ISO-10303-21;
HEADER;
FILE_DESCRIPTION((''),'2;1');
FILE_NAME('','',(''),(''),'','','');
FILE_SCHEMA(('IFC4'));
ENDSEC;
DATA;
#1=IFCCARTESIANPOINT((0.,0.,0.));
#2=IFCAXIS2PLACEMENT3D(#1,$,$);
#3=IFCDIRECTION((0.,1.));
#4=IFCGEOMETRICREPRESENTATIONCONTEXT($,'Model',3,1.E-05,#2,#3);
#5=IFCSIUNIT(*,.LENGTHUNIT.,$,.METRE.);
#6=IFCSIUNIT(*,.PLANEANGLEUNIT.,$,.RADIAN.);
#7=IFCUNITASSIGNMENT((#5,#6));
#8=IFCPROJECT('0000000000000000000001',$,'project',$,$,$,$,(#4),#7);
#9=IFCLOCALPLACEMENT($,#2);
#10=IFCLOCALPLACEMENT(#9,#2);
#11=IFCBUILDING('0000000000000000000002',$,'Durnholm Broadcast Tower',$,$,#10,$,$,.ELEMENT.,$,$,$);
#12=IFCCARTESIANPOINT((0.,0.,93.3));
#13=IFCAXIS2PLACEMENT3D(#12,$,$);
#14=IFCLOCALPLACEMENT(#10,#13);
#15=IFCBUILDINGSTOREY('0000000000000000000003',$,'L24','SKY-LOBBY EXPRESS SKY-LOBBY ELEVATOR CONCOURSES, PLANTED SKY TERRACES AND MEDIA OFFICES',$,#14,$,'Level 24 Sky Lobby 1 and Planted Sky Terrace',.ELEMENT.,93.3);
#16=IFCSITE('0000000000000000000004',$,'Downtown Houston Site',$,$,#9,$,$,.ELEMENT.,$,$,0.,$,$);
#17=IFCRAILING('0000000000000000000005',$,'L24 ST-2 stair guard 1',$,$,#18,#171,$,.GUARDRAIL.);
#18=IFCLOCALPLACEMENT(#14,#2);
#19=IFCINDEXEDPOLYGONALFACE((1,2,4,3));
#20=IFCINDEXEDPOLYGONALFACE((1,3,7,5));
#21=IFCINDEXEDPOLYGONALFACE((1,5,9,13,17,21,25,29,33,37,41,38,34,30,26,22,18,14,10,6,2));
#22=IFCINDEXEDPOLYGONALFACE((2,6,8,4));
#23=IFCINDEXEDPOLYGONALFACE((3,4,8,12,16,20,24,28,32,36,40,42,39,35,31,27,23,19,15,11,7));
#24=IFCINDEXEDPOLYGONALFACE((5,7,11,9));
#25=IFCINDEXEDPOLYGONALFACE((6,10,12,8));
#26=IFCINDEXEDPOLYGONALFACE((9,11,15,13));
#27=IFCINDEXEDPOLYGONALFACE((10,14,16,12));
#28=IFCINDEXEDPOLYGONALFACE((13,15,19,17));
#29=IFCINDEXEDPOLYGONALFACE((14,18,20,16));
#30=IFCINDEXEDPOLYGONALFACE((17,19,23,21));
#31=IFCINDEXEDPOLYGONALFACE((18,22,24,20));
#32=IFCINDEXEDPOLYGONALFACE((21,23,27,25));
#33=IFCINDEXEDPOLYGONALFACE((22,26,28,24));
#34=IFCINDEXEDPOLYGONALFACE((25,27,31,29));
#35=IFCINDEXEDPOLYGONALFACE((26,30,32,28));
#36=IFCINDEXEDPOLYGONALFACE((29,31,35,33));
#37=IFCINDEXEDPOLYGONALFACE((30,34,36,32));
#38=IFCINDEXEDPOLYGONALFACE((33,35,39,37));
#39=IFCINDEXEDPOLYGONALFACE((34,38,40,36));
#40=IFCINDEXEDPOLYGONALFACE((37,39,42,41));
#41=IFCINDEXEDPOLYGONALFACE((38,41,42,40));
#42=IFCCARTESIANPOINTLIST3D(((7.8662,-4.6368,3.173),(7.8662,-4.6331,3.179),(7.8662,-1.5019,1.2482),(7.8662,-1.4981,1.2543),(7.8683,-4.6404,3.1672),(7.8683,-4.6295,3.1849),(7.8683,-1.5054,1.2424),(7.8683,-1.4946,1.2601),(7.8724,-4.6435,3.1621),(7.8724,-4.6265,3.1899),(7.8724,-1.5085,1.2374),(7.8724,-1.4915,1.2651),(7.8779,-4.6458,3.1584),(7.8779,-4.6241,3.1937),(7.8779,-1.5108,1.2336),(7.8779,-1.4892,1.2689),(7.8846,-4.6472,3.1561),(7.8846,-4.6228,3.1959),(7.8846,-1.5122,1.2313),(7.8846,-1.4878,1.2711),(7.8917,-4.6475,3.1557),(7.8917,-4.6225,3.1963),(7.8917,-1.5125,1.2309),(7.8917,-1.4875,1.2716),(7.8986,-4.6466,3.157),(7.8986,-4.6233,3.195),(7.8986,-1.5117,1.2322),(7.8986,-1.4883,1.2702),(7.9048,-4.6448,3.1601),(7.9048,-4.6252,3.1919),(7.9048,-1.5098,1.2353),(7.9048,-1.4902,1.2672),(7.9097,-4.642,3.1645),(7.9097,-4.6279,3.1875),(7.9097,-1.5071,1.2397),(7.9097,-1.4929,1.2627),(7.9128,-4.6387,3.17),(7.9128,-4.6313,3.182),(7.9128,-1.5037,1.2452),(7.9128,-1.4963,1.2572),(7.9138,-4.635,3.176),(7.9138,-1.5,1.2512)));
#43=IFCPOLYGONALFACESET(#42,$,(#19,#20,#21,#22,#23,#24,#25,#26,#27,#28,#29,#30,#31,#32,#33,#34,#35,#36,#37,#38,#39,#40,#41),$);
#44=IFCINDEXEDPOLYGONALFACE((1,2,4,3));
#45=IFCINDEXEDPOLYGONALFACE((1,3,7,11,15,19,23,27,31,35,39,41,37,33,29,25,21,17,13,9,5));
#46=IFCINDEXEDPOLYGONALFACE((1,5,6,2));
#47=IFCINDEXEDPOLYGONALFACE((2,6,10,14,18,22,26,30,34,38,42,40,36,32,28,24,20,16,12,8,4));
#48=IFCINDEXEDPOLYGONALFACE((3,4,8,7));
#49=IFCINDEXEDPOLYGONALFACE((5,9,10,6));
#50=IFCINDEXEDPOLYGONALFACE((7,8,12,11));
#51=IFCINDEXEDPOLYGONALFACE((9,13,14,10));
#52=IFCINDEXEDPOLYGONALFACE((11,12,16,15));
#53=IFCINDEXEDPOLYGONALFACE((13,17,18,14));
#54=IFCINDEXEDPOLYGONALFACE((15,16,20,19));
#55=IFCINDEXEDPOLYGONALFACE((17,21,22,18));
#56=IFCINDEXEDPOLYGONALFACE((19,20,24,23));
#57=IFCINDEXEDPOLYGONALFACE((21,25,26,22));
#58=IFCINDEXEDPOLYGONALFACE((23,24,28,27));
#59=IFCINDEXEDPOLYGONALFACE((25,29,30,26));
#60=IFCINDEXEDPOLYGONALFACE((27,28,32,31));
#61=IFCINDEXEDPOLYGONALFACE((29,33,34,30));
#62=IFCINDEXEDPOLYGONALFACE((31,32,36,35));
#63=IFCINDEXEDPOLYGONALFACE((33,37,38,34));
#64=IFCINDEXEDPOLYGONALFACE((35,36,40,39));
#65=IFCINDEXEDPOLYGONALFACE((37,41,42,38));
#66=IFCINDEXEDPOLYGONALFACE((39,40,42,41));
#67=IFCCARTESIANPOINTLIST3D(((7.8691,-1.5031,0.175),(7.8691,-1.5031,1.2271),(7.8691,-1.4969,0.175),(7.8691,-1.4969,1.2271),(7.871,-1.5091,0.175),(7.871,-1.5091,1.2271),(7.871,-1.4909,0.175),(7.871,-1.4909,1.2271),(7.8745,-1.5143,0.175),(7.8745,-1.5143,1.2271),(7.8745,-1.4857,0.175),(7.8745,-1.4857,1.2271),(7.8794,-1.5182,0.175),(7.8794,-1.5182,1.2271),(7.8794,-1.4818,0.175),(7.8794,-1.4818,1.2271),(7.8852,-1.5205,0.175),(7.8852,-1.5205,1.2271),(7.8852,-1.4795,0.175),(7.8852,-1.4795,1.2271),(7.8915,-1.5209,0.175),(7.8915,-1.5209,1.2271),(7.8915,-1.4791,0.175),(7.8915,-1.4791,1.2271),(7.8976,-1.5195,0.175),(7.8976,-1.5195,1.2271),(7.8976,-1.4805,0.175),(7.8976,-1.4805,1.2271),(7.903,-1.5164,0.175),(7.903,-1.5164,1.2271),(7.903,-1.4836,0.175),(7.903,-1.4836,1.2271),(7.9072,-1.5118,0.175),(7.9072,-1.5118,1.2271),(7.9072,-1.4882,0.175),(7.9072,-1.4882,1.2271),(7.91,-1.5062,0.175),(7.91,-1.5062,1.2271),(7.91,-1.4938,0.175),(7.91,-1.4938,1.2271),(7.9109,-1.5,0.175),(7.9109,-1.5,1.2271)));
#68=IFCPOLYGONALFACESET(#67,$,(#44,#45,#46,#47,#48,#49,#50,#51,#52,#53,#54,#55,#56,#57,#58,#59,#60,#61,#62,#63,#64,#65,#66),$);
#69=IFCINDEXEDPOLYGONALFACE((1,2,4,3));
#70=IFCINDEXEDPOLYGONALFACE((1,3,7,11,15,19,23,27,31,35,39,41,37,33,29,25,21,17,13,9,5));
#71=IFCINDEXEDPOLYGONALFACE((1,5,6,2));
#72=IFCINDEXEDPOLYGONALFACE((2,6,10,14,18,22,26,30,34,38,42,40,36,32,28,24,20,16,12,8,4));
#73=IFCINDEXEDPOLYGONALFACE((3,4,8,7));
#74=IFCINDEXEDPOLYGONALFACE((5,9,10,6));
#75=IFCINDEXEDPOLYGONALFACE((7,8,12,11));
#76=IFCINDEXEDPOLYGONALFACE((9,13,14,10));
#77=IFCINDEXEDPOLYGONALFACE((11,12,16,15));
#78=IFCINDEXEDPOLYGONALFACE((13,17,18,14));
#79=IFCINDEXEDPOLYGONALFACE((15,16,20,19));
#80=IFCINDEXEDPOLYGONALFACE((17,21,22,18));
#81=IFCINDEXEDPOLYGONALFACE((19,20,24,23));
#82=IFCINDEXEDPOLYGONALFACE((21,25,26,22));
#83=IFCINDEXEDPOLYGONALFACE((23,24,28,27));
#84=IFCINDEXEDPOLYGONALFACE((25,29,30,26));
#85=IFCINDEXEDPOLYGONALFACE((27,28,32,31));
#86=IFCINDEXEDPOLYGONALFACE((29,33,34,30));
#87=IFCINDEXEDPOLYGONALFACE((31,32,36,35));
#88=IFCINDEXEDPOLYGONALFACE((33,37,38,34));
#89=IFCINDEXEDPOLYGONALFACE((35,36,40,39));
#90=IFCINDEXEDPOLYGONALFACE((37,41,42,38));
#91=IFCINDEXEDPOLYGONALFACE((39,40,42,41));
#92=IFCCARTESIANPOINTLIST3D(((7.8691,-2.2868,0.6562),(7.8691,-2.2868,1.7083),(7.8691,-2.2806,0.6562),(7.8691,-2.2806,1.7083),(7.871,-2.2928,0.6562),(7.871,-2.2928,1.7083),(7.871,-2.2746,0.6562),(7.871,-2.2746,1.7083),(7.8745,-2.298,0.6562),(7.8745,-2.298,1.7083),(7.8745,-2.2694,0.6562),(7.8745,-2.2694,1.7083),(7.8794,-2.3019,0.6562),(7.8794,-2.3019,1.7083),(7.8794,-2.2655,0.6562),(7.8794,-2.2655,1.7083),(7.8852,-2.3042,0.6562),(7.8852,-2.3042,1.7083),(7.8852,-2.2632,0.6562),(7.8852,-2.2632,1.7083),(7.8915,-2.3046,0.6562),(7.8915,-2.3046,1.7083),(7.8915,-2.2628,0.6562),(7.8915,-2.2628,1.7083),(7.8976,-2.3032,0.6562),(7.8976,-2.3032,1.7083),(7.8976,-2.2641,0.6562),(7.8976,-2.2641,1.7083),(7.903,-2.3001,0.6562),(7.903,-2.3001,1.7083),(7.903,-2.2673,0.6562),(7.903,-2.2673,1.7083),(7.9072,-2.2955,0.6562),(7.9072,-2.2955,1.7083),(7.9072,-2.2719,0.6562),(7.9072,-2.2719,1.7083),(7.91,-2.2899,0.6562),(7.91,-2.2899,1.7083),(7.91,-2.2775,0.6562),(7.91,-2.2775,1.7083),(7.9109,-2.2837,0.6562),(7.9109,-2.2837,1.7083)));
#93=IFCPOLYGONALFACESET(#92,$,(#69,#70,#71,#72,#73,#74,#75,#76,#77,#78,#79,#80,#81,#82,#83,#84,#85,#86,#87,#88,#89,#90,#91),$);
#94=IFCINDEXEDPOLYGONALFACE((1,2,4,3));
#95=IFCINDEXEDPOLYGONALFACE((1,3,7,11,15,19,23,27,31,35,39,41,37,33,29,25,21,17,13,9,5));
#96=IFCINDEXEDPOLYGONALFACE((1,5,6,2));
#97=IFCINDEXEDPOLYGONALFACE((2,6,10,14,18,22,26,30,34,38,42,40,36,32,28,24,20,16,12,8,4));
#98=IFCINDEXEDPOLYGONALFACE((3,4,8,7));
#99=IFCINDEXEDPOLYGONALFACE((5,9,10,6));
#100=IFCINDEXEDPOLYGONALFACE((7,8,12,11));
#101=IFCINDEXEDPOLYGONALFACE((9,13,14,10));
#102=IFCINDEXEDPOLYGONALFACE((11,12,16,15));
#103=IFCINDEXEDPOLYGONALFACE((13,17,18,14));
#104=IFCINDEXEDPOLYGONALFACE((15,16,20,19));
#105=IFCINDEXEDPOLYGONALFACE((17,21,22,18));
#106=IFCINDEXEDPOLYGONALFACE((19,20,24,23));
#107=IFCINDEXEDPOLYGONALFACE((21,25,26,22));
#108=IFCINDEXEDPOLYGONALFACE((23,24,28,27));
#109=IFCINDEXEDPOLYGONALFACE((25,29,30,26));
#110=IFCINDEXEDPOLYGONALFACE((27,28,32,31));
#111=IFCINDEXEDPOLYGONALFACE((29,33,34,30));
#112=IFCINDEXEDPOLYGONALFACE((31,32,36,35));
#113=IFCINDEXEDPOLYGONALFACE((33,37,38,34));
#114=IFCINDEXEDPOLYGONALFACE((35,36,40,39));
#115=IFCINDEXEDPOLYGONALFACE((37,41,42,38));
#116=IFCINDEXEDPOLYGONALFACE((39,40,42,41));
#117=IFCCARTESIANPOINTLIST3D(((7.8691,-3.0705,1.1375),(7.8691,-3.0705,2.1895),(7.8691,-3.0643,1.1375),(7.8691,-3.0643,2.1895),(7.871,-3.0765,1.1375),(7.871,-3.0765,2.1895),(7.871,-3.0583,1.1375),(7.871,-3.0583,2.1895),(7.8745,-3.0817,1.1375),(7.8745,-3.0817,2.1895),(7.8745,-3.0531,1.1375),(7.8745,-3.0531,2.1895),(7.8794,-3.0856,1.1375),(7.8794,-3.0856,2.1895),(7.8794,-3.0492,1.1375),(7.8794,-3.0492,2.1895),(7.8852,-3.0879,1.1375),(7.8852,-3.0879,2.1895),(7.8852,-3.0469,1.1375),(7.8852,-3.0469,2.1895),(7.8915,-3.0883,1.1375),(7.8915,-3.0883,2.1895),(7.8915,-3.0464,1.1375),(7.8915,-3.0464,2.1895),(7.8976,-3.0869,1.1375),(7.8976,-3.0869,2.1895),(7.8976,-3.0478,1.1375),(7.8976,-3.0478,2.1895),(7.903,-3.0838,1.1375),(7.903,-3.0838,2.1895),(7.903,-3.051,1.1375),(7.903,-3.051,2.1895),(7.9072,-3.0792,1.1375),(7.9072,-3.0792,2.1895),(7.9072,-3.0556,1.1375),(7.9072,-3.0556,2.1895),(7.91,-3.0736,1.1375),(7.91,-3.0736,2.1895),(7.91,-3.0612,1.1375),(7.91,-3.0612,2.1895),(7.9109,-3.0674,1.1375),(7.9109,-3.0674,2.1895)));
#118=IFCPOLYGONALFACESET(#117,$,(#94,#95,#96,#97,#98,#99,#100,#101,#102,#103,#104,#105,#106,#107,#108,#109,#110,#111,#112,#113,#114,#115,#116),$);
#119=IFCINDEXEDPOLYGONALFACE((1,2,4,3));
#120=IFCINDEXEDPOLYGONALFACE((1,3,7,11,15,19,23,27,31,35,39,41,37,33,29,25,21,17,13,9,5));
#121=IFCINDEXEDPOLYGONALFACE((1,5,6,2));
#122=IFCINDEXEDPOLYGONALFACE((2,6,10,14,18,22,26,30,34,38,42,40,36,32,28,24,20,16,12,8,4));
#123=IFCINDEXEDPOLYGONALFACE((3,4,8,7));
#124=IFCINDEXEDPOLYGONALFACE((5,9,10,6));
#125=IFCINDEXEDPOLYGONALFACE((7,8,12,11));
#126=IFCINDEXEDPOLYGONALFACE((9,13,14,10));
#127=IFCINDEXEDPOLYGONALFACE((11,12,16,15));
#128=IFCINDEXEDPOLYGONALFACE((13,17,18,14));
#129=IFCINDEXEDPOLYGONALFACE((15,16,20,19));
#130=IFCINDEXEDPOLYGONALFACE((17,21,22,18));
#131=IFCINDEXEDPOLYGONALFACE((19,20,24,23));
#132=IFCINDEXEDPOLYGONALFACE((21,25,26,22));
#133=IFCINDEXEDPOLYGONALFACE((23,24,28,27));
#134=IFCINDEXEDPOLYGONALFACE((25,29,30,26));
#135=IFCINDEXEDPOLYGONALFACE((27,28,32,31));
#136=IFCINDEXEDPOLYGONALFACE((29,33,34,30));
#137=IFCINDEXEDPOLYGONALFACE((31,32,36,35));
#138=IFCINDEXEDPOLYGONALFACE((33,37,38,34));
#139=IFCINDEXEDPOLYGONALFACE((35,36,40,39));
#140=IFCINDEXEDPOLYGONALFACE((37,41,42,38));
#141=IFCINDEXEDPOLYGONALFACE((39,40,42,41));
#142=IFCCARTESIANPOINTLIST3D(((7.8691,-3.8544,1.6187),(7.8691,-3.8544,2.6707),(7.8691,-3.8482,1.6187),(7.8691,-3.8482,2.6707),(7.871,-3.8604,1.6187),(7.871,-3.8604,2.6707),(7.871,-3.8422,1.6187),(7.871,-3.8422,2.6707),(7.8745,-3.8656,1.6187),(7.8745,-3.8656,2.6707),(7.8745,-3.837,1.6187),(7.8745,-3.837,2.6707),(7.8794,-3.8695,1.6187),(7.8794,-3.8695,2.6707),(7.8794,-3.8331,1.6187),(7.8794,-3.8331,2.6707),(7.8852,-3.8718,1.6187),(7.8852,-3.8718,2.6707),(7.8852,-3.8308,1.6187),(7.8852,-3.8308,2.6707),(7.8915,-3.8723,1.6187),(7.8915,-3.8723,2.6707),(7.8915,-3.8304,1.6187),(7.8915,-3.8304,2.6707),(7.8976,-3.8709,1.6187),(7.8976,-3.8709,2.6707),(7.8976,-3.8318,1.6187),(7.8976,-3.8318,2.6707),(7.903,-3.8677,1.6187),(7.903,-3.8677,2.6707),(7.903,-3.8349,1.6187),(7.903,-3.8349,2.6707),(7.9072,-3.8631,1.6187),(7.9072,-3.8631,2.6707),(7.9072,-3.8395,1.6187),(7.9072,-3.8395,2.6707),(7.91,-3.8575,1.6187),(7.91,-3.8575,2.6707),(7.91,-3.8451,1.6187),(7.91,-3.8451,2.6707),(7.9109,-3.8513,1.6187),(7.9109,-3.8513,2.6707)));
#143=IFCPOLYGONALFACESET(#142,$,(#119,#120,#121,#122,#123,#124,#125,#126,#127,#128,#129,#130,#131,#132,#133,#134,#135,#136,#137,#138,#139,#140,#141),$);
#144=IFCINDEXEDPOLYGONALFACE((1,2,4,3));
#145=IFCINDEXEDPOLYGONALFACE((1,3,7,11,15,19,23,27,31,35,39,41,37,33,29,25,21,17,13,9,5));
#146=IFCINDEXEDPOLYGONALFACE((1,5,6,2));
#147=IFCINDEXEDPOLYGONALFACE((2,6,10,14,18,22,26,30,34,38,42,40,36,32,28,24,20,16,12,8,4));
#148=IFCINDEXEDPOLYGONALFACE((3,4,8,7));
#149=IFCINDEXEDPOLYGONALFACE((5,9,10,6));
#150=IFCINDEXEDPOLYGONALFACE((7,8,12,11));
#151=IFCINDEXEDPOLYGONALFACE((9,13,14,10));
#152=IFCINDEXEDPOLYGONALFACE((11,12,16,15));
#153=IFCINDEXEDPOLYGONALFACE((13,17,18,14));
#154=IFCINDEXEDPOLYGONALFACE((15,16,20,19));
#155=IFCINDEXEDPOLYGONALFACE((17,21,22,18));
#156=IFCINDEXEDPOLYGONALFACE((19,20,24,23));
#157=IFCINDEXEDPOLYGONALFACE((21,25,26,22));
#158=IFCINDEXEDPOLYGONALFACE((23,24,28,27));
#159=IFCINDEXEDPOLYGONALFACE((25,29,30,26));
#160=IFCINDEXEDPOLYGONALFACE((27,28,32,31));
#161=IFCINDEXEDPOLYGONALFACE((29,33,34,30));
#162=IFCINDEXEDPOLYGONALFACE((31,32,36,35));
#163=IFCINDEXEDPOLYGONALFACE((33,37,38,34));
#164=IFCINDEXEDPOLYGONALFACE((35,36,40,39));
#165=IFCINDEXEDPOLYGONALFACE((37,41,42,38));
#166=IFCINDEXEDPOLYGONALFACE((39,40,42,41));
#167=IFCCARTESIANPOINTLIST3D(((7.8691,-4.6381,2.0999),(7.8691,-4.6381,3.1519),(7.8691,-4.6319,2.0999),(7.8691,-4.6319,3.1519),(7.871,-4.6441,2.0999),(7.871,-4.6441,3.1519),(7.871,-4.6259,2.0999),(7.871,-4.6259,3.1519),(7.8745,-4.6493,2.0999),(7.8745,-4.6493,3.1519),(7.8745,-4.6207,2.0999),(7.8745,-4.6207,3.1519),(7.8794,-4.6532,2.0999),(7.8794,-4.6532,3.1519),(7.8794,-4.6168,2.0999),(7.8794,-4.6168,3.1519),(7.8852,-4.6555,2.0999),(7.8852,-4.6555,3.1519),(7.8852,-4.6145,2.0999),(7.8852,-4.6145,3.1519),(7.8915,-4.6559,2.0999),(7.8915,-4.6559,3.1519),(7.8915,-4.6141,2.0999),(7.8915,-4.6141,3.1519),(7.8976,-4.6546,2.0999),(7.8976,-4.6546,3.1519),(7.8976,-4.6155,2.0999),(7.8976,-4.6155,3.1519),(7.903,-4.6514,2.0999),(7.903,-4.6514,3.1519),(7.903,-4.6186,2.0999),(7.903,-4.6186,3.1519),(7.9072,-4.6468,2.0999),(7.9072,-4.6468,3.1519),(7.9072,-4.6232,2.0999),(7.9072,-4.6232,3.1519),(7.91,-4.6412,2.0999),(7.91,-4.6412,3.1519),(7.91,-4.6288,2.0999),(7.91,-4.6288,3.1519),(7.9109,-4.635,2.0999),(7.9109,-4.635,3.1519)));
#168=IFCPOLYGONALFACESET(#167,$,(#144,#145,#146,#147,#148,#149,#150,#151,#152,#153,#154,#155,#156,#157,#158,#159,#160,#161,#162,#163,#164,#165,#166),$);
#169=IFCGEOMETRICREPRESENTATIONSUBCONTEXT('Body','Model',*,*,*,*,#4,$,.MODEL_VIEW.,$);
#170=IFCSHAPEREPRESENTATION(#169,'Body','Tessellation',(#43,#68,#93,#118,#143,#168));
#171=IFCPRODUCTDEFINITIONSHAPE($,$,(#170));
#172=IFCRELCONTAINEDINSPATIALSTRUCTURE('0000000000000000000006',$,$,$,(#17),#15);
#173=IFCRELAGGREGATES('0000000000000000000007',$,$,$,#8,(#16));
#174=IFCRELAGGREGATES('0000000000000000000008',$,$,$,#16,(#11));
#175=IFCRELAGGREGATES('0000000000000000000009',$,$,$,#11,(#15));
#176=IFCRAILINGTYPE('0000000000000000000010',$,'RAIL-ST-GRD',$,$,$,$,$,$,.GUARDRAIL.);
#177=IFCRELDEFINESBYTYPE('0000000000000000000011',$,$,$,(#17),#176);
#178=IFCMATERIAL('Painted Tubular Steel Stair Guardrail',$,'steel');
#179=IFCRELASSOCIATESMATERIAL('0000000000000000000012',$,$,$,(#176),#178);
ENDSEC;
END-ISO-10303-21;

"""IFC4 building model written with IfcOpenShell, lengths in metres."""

from ifc_helpers import new_model, si_unit, direction, frame, origin, origin_2d, place, context, subcontext, project, spatial, circle, extrude, material, type_object, element, save


model = new_model("IFC4")

# Units and contexts
model_context = context("Model", 3, precision=1e-05, world=origin(), true_north=direction((0.0, 1.0)))
body_context = subcontext(model_context, "Body", "Model", "MODEL_VIEW")
ifc_project = project(units=[si_unit("LENGTHUNIT", "METRE"), si_unit("PLANEANGLEUNIT", "RADIAN")], contexts=[model_context])

# Site, building, storey
site_placement = place(None, origin())
site = spatial("IfcSite", under=ifc_project, at=site_placement, Name="Downtown Houston Site", CompositionType="ELEMENT", RefElevation=0.0)
building_placement = place(site_placement, origin())
building = spatial("IfcBuilding", under=site, at=building_placement, Name="Durnholm Broadcast Tower", CompositionType="ELEMENT")
storey_placement = place(building_placement, frame((0.0, 0.0, 93.3)))
storey = spatial("IfcBuildingStorey", under=building, at=storey_placement, Name="L24", Description="SKY-LOBBY EXPRESS SKY-LOBBY ELEVATOR CONCOURSES, PLANTED SKY TERRACES AND MEDIA OFFICES", LongName="Level 24 Sky Lobby 1 and Planted Sky Terrace", CompositionType="ELEMENT", Elevation=93.3)

# Railing
ifc_material_1 = material(Name="Painted Tubular Steel Stair Guardrail", Category="steel")
railing_type_1 = type_object("IfcRailingType", Name="RAIL-ST-GRD", PredefinedType="GUARDRAIL", material=ifc_material_1)
railing_1_placement = place(storey_placement, frame((7.8899, -1.5, 0.175)))
element("IfcRailing", 1, at=railing_1_placement, inside=storey, type_object=railing_type_1, Name="L24 ST-2 stair guard 1", PredefinedType="GUARDRAIL", context=body_context, shape_type="SweptSolid", body=[
    extrude(circle(Radius=0.0239, at=origin_2d()), frame((0.0, 0.0, 1.0762), z_axis=(0.0, -0.852196, 0.523223), x_axis=(1.0, 0.0, 0.0)), (0.0, 0.0, 1.0), 3.6787),
    extrude(circle(Radius=0.021, at=origin_2d()), origin(), (0.0, 0.0, 1.0), 1.052),
    extrude(circle(Radius=0.021, at=origin_2d()), frame((0.0, -0.7837, 0.4812)), (0.0, 0.0, 1.0), 1.052),
    extrude(circle(Radius=0.021, at=origin_2d()), frame((0.0, -1.5674, 0.9624)), (0.0, 0.0, 1.0), 1.052),
    extrude(circle(Radius=0.021, at=origin_2d()), frame((0.0, -2.3513, 1.4436)), (0.0, 0.0, 1.0), 1.052),
    extrude(circle(Radius=0.021, at=origin_2d()), frame((0.0, -3.135, 1.9248)), (0.0, 0.0, 1.0), 1.052),
])

save(model, "model.ifc")
